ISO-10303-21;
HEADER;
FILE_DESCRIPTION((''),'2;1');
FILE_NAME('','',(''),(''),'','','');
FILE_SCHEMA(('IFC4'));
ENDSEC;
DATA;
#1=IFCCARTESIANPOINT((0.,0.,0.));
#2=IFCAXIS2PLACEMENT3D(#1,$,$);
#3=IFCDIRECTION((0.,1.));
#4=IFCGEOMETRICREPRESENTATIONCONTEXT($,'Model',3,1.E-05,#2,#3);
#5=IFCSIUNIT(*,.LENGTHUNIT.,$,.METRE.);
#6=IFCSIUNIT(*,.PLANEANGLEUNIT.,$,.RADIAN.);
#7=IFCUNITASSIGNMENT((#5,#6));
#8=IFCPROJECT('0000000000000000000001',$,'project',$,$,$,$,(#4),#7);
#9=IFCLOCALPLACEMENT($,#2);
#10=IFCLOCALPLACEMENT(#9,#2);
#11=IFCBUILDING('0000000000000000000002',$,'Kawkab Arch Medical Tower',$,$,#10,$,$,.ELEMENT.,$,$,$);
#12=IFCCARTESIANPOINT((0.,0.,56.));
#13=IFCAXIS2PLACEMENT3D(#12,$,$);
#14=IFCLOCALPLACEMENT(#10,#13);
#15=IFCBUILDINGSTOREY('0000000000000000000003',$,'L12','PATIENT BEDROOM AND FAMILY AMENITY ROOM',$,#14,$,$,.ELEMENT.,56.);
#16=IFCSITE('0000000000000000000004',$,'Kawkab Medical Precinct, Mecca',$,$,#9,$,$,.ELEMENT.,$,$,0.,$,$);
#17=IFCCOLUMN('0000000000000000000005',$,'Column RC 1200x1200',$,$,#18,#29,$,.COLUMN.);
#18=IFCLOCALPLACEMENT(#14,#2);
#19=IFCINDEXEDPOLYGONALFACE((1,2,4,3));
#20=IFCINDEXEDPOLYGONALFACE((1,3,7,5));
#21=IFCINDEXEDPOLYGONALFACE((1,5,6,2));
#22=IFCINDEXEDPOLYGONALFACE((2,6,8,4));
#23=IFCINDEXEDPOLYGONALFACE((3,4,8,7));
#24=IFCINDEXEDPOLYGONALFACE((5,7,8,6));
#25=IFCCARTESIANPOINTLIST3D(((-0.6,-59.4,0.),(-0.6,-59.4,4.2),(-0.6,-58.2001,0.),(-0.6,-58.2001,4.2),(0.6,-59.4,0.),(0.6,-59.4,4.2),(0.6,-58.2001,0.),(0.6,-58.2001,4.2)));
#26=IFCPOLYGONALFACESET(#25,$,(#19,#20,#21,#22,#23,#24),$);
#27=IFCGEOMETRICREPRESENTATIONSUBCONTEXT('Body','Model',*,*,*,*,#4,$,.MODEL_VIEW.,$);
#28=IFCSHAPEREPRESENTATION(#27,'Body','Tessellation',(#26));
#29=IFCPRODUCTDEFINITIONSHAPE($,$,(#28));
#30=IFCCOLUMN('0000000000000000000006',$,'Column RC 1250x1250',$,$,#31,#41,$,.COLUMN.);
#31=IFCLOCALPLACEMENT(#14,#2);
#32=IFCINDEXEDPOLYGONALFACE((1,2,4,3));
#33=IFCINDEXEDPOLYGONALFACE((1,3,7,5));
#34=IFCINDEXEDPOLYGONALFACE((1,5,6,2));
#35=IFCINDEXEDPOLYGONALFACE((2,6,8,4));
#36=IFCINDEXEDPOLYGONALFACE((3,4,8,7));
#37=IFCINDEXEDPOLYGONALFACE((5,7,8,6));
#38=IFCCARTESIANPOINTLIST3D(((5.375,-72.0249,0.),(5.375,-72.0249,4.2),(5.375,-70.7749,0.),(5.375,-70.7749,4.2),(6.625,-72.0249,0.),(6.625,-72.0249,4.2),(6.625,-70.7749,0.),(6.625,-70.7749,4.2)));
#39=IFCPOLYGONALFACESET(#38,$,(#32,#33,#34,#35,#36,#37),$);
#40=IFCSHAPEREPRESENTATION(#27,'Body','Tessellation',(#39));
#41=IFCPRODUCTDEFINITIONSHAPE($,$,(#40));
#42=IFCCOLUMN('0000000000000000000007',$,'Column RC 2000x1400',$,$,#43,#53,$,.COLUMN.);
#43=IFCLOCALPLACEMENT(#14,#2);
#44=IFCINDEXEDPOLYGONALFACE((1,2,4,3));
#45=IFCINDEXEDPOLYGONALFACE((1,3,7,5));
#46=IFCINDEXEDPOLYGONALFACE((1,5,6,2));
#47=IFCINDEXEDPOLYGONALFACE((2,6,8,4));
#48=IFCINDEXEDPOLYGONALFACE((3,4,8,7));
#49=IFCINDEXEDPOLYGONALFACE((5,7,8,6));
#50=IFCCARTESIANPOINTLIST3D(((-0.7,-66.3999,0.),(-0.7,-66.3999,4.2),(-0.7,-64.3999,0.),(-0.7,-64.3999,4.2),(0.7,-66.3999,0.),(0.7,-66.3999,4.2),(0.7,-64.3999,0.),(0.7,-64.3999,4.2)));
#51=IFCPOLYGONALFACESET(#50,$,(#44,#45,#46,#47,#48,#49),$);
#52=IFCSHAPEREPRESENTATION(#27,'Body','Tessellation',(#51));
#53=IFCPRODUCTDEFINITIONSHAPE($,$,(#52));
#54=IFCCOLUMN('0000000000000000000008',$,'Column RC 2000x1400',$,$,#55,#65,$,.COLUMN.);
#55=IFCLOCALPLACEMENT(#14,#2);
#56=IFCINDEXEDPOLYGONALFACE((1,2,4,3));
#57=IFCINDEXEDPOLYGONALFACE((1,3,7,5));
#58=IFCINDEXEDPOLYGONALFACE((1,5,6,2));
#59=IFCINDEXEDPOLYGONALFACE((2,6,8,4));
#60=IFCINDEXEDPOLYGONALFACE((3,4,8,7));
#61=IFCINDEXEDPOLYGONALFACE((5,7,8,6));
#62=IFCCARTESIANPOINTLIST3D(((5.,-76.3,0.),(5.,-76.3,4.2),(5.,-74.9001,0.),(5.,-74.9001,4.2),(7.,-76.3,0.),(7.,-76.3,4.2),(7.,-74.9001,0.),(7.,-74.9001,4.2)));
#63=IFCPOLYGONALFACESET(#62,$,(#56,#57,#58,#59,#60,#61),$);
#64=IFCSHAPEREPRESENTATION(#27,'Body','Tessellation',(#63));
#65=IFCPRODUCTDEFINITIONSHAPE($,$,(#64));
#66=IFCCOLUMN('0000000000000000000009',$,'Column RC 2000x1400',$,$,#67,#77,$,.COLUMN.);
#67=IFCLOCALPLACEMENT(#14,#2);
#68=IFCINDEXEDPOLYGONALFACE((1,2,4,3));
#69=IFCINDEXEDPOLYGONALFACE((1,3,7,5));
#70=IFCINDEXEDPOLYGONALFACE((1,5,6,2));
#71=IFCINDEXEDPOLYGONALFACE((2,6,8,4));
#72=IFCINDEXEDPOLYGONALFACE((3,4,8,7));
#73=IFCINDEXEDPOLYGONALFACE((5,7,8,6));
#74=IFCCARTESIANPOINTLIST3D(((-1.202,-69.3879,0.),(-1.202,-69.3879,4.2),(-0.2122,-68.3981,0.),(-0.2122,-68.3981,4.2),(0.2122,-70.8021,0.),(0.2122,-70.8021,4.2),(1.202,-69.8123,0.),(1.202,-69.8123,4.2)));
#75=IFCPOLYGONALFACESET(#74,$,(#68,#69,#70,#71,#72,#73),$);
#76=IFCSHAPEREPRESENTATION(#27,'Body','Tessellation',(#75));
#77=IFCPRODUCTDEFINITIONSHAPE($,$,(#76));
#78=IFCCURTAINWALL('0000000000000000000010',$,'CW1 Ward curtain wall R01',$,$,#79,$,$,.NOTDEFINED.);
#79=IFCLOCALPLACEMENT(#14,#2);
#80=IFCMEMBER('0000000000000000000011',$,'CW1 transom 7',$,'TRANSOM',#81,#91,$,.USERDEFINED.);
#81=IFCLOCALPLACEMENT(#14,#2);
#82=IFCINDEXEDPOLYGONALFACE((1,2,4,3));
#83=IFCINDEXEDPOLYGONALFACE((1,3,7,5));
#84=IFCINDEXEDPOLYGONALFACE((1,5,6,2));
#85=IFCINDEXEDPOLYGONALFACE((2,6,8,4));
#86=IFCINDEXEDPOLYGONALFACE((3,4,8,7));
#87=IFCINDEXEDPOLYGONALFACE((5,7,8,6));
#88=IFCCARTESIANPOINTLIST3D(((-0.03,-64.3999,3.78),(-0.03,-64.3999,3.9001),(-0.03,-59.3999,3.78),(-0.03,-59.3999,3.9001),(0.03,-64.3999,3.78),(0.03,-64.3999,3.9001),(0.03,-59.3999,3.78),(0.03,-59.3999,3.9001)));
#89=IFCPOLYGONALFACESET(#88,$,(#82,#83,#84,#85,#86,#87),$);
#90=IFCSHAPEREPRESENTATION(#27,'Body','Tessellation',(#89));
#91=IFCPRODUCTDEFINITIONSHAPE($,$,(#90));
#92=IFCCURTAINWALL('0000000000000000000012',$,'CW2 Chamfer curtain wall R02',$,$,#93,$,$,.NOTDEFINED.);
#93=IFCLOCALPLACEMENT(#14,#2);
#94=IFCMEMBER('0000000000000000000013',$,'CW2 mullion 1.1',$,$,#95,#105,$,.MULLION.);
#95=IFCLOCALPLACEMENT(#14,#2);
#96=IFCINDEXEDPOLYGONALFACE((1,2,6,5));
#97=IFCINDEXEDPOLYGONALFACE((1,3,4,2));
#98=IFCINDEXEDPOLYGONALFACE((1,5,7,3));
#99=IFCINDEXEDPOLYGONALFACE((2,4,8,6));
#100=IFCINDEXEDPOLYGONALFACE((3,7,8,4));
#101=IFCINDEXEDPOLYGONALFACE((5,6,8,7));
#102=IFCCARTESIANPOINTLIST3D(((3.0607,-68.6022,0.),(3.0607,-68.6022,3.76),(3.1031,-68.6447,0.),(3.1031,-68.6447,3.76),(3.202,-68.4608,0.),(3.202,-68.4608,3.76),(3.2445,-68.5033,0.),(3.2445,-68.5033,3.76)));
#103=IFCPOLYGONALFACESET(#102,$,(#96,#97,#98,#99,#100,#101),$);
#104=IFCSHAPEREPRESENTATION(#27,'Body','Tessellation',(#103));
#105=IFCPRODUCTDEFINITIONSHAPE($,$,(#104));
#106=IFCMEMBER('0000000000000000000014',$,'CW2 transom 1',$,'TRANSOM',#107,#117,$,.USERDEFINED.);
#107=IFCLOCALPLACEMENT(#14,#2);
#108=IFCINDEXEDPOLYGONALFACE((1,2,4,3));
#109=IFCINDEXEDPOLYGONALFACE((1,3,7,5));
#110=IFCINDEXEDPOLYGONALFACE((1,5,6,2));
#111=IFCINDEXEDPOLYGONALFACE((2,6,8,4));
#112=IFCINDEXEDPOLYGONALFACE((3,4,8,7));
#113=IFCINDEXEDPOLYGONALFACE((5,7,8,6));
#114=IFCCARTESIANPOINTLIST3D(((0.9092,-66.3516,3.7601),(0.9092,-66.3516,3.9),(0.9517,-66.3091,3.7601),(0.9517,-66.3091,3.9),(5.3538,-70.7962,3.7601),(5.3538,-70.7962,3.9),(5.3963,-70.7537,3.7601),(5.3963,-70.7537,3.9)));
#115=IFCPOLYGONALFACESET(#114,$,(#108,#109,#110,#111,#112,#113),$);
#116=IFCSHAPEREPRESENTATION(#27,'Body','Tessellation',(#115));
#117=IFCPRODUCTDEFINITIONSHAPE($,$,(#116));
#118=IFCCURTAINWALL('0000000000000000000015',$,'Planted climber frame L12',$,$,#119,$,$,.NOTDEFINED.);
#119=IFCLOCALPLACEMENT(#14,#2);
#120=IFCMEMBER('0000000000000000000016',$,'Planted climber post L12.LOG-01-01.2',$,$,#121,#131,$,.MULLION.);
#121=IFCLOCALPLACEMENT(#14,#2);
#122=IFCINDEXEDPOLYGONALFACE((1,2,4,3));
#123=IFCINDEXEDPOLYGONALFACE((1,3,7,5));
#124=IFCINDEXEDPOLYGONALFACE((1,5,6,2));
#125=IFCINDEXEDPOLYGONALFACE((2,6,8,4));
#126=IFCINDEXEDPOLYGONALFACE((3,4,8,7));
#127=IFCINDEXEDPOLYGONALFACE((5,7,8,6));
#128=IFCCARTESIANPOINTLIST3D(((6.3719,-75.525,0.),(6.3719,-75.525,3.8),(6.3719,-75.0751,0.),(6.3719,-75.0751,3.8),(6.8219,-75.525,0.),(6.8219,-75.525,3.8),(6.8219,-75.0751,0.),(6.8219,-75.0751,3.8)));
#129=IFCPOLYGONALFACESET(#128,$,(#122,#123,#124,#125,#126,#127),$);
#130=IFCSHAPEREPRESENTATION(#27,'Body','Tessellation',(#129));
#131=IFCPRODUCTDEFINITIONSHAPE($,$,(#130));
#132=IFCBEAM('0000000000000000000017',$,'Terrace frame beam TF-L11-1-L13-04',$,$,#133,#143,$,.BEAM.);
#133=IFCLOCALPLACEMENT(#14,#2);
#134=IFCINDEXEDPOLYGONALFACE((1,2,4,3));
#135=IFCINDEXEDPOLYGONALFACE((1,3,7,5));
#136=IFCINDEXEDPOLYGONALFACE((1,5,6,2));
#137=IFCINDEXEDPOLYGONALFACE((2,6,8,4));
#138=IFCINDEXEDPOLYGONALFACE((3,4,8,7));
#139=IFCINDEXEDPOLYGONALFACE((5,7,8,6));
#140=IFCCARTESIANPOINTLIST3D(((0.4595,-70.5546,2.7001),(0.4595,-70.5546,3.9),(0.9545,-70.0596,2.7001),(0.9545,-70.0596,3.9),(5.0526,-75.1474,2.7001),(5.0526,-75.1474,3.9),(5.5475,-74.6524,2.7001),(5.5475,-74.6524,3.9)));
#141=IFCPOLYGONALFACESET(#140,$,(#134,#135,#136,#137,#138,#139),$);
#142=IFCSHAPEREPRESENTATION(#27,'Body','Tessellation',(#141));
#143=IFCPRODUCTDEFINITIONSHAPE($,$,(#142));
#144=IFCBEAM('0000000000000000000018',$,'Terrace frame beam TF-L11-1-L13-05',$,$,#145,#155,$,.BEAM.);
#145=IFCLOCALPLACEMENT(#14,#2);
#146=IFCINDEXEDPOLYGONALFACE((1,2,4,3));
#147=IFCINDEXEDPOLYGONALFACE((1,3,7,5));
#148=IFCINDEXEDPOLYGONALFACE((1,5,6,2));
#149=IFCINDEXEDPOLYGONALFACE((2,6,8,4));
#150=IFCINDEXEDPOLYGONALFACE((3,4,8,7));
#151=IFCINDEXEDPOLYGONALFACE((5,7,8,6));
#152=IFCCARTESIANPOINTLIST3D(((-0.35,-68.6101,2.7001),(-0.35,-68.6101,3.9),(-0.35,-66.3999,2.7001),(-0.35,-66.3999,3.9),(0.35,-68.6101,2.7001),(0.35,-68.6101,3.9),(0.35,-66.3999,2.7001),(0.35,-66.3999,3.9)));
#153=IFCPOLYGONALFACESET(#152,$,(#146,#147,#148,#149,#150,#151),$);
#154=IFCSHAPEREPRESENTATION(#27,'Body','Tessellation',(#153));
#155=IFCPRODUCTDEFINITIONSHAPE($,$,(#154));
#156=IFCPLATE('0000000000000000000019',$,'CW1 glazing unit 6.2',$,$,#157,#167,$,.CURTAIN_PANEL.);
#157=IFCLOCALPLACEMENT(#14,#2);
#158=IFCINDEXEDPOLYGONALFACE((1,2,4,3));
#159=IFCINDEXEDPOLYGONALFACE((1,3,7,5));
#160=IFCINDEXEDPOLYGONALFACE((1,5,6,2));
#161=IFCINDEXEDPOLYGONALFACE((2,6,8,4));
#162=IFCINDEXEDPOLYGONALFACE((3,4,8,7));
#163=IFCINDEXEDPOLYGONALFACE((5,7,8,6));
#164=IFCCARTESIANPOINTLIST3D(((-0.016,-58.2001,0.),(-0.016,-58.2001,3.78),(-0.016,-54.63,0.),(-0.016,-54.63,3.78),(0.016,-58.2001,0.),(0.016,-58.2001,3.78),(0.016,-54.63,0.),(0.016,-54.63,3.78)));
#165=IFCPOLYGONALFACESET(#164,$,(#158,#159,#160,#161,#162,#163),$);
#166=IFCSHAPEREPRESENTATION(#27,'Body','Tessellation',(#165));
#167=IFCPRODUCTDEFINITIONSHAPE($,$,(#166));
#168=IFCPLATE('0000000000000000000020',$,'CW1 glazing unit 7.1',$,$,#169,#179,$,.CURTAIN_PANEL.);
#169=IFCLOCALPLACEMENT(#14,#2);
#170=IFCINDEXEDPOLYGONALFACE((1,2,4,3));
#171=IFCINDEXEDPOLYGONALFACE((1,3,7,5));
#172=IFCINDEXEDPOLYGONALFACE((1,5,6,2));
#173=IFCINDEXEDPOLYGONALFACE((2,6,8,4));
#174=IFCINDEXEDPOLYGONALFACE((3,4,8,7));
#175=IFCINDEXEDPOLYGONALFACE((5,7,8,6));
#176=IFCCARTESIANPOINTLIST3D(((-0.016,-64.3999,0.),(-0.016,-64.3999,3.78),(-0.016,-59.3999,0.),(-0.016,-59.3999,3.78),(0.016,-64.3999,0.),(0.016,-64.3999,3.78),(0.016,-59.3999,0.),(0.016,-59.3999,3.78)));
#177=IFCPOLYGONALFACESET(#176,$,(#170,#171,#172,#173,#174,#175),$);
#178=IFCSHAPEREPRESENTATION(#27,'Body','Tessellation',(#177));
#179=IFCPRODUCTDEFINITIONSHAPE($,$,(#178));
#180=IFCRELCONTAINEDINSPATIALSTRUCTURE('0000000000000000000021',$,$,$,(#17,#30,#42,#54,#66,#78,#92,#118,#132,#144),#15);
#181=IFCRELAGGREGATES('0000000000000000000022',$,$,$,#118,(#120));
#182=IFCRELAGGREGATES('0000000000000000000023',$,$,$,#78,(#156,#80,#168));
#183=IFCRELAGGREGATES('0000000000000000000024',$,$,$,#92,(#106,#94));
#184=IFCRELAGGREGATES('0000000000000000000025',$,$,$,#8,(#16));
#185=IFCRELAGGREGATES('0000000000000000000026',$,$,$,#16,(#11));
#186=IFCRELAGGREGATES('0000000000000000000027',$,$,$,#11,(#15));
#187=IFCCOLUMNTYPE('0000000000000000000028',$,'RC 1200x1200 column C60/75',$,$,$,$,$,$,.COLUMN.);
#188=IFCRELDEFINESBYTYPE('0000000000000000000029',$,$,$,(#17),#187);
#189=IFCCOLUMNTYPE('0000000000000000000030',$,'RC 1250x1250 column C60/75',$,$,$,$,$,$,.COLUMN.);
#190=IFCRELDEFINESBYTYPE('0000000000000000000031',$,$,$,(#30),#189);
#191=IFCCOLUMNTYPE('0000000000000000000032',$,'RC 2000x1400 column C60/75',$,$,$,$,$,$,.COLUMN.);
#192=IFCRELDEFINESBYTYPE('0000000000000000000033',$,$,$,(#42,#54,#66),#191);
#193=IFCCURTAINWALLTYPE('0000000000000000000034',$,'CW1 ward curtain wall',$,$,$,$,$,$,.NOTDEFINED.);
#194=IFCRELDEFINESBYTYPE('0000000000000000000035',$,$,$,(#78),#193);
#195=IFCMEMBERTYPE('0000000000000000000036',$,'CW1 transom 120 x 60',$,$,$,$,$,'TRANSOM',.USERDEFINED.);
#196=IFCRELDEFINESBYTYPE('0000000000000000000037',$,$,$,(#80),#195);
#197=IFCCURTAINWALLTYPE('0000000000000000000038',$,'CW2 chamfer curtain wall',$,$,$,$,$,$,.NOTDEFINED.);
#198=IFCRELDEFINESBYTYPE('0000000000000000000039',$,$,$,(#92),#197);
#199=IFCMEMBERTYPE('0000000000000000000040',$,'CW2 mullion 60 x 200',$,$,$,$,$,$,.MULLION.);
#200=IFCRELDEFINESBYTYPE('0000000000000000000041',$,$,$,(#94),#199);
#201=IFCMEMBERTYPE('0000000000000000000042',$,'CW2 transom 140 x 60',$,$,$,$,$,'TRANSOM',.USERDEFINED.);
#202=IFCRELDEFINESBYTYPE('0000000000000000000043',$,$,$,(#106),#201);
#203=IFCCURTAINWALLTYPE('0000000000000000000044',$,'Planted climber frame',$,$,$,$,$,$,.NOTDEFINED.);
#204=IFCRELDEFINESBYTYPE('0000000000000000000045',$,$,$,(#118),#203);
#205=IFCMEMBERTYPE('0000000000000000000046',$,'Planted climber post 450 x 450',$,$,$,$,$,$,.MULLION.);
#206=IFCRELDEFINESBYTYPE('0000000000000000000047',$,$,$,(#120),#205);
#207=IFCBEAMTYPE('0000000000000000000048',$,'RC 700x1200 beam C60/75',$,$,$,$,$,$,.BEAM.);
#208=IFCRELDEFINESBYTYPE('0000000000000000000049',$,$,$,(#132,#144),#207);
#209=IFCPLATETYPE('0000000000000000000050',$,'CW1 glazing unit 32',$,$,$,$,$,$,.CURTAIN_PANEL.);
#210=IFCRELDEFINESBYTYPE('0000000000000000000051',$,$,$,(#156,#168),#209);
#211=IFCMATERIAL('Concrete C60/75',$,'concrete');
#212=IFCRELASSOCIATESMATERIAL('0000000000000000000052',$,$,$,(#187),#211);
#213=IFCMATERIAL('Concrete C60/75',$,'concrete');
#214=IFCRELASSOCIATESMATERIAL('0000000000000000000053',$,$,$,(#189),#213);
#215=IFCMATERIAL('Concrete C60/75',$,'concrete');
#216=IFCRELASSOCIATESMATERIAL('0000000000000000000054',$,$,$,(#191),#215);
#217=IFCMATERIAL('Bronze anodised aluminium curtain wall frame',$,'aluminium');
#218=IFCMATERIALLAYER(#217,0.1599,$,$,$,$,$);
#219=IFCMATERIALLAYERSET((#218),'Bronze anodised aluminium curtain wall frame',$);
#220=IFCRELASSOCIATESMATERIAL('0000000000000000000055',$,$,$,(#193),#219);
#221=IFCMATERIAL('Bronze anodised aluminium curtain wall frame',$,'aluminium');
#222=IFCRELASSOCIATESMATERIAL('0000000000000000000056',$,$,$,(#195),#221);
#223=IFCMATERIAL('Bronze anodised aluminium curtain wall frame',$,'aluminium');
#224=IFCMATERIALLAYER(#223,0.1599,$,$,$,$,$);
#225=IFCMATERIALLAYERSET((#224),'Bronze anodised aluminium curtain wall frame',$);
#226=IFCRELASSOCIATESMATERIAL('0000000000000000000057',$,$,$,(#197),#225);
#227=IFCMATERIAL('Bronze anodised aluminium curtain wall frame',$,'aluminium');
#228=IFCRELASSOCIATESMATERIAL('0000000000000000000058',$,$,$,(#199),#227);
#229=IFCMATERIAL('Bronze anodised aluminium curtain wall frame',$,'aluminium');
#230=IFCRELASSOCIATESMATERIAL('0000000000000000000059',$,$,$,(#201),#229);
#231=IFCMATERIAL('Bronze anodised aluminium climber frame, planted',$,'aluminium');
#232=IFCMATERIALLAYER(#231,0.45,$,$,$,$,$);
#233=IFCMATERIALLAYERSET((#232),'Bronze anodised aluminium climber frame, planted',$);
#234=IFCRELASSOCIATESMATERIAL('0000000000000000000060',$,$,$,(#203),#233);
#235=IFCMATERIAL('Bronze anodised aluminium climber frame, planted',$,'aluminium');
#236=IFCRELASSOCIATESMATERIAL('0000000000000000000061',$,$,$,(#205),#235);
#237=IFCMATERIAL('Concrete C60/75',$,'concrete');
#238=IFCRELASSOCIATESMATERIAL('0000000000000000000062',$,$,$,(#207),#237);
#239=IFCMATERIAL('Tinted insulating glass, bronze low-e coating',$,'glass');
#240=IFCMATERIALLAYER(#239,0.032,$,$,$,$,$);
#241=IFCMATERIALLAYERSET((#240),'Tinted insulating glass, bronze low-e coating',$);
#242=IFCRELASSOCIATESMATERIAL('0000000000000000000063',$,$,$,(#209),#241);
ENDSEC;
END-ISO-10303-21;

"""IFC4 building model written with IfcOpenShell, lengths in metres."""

from ifc_helpers import new_model, si_unit, direction, frame, origin, origin_2d, place, context, subcontext, project, spatial, rectangle, extrude, material, layer, layer_set, material_profile, profile_set, type_object, element, aggregate, save


model = new_model("IFC4")

# Units and contexts
model_context = context("Model", 3, precision=1e-05, world=origin(), true_north=direction((0.0, 1.0)))
body_context = subcontext(model_context, "Body", "Model", "MODEL_VIEW")
ifc_project = project(units=[si_unit("LENGTHUNIT", "METRE"), si_unit("PLANEANGLEUNIT", "RADIAN")], contexts=[model_context])

# Site, building, storey
site_placement = place(None, origin())
site = spatial("IfcSite", under=ifc_project, at=site_placement, Name="Kawkab Medical Precinct, Mecca", CompositionType="ELEMENT", RefElevation=0.0)
building_placement = place(site_placement, origin())
building = spatial("IfcBuilding", under=site, at=building_placement, Name="Kawkab Arch Medical Tower", CompositionType="ELEMENT")
storey_placement = place(building_placement, frame((0.0, 0.0, 56.0)))
storey = spatial("IfcBuildingStorey", under=building, at=storey_placement, Name="L12", Description="PATIENT BEDROOM AND FAMILY AMENITY ROOM", CompositionType="ELEMENT", Elevation=56.0)

# Columns
ifc_material_1 = material(Name="Concrete C60/75", Category="concrete")
ifc_material_profile_1 = material_profile(ifc_material_1, rectangle(XDim=1.2, YDim=1.2, at=origin_2d()), Name="RC 1200x1200")
ifc_profile_set_1 = profile_set([ifc_material_profile_1], Name="Concrete C60/75")
column_type_1 = type_object("IfcColumnType", Name="RC 1200x1200 column C60/75", PredefinedType="COLUMN", material=ifc_profile_set_1)
column_1_placement = place(storey_placement, frame((0.0, -58.8, 0.0), z_axis=(0.0, 0.0, 1.0), x_axis=(1.0, 0.0, 0.0)))
element("IfcColumn", 1, at=column_1_placement, inside=storey, type_object=column_type_1, Name="Column RC 1200x1200", PredefinedType="COLUMN", context=body_context, shape_type="SweptSolid", body=[
    extrude(rectangle(XDim=1.2, YDim=1.2, at=origin_2d()), origin(), (0.0, 0.0, 1.0), 4.2),
])
ifc_material_2 = material(Name="Concrete C60/75", Category="concrete")
ifc_material_profile_2 = material_profile(ifc_material_2, rectangle(XDim=1.25, YDim=1.25, at=origin_2d()), Name="RC 1250x1250")
ifc_profile_set_2 = profile_set([ifc_material_profile_2], Name="Concrete C60/75")
column_type_2 = type_object("IfcColumnType", Name="RC 1250x1250 column C60/75", PredefinedType="COLUMN", material=ifc_profile_set_2)
column_2_placement = place(storey_placement, frame((6.0, -71.3999, 0.0), z_axis=(0.0, 0.0, 1.0), x_axis=(1.0, 0.0, 0.0)))
element("IfcColumn", 2, at=column_2_placement, inside=storey, type_object=column_type_2, Name="Column RC 1250x1250", PredefinedType="COLUMN", context=body_context, shape_type="SweptSolid", body=[
    extrude(rectangle(XDim=1.25, YDim=1.25, at=origin_2d()), origin(), (0.0, 0.0, 1.0), 4.2),
])
ifc_material_3 = material(Name="Concrete C60/75", Category="concrete")
ifc_material_profile_3 = material_profile(ifc_material_3, rectangle(XDim=2.0, YDim=1.3999, at=origin_2d()), Name="RC 2000x1400")
ifc_profile_set_3 = profile_set([ifc_material_profile_3], Name="Concrete C60/75")
column_type_3 = type_object("IfcColumnType", Name="RC 2000x1400 column C60/75", PredefinedType="COLUMN", material=ifc_profile_set_3)
for number, where, z_axis, x_axis, name in (
    (3, (0.0, -65.3999, 0.0), (0.0, 0.0, 1.0), (0.0, 1.0, 0.0), "Column RC 2000x1400"),
    (4, (6.0, -75.6001, 0.0), (0.0, 0.0, 1.0), (-1.0, 0.0, 0.0), "Column RC 2000x1400"),
    (5, (0.0, -69.6001, 0.0), (0.0, 0.0, 1.0), (-0.707107, 0.707107, 0.0), "Column RC 2000x1400"),
):
    element("IfcColumn", number, at=place(storey_placement, frame(where, z_axis=z_axis, x_axis=x_axis)), inside=storey, type_object=column_type_3, Name=name, PredefinedType="COLUMN", context=body_context, shape_type="SweptSolid", body=[
        extrude(rectangle(XDim=2.0, YDim=1.3999, at=origin_2d()), origin(), (0.0, 0.0, 1.0), 4.2),
    ])

# Curtain wall, member
ifc_material_4 = material(Name="Bronze anodised aluminium curtain wall frame", Category="aluminium")
ifc_layer_1 = layer(ifc_material_4, 0.1599)
ifc_layer_set_1 = layer_set([ifc_layer_1], Name="Bronze anodised aluminium curtain wall frame")
curtain_wall_type_1 = type_object("IfcCurtainWallType", Name="CW1 ward curtain wall", PredefinedType="NOTDEFINED", material=ifc_layer_set_1)
placement = place(storey_placement, origin())
curtain_wall_1 = element("IfcCurtainWall", 6, at=placement, inside=storey, type_object=curtain_wall_type_1, Name="CW1 Ward curtain wall R01", PredefinedType="NOTDEFINED")
ifc_material_5 = material(Name="Bronze anodised aluminium curtain wall frame", Category="aluminium")
ifc_material_profile_4 = material_profile(ifc_material_5, rectangle(XDim=0.0601, YDim=0.1201, at=origin_2d()), Name="AL 60x120")
ifc_profile_set_4 = profile_set([ifc_material_profile_4], Name="Bronze anodised aluminium curtain wall frame")
member_type_1 = type_object("IfcMemberType", Name="CW1 transom 120 x 60", ElementType="TRANSOM", PredefinedType="USERDEFINED", material=ifc_profile_set_4)
member_1_placement = place(storey_placement, frame((0.0, -59.3999, 3.8401), z_axis=(0.0, -1.0, 0.0), x_axis=(1.0, 0.0, 0.0)))
member_1 = element("IfcMember", 7, at=member_1_placement, type_object=member_type_1, Name="CW1 transom 7", ObjectType="TRANSOM", PredefinedType="USERDEFINED", context=body_context, shape_type="SweptSolid", body=[
    extrude(rectangle(XDim=0.0601, YDim=0.1201, at=origin_2d()), origin(), (0.0, 0.0, 1.0), 5.0),
])

# Curtain wall, members
ifc_material_6 = material(Name="Bronze anodised aluminium curtain wall frame", Category="aluminium")
ifc_layer_2 = layer(ifc_material_6, 0.1599)
ifc_layer_set_2 = layer_set([ifc_layer_2], Name="Bronze anodised aluminium curtain wall frame")
curtain_wall_type_2 = type_object("IfcCurtainWallType", Name="CW2 chamfer curtain wall", PredefinedType="NOTDEFINED", material=ifc_layer_set_2)
curtain_wall_2 = element("IfcCurtainWall", 8, at=placement, inside=storey, type_object=curtain_wall_type_2, Name="CW2 Chamfer curtain wall R02", PredefinedType="NOTDEFINED")
ifc_material_7 = material(Name="Bronze anodised aluminium curtain wall frame", Category="aluminium")
ifc_material_profile_5 = material_profile(ifc_material_7, rectangle(XDim=0.2, YDim=0.0601, at=origin_2d()), Name="AL 60x200")
ifc_profile_set_5 = profile_set([ifc_material_profile_5], Name="Bronze anodised aluminium curtain wall frame")
member_type_2 = type_object("IfcMemberType", Name="CW2 mullion 60 x 200", PredefinedType="MULLION", material=ifc_profile_set_5)
member_2_placement = place(storey_placement, frame((3.1526, -68.5527, 0.0), z_axis=(0.0, 0.0, 1.0), x_axis=(0.707107, 0.707107, 0.0)))
member_2 = element("IfcMember", 9, at=member_2_placement, type_object=member_type_2, Name="CW2 mullion 1.1", PredefinedType="MULLION", context=body_context, shape_type="SweptSolid", body=[
    extrude(rectangle(XDim=0.2, YDim=0.0601, at=origin_2d()), origin(), (0.0, 0.0, 1.0), 3.76),
])
ifc_material_8 = material(Name="Bronze anodised aluminium curtain wall frame", Category="aluminium")
ifc_material_profile_6 = material_profile(ifc_material_8, rectangle(XDim=0.0601, YDim=0.1399, at=origin_2d()), Name="AL 60x140")
ifc_profile_set_6 = profile_set([ifc_material_profile_6], Name="Bronze anodised aluminium curtain wall frame")
member_type_3 = type_object("IfcMemberType", Name="CW2 transom 140 x 60", ElementType="TRANSOM", PredefinedType="USERDEFINED", material=ifc_profile_set_6)
member_3_placement = place(storey_placement, frame((0.9304, -66.3303, 3.8301), z_axis=(0.707107, -0.707107, 0.0), x_axis=(0.707107, 0.707107, 0.0)))
member_3 = element("IfcMember", 10, at=member_3_placement, type_object=member_type_3, Name="CW2 transom 1", ObjectType="TRANSOM", PredefinedType="USERDEFINED", context=body_context, shape_type="SweptSolid", body=[
    extrude(rectangle(XDim=0.0601, YDim=0.1399, at=origin_2d()), origin(), (0.0, 0.0, 1.0), 6.2856),
])

# Curtain wall, member
ifc_material_9 = material(Name="Bronze anodised aluminium climber frame, planted", Category="aluminium")
ifc_layer_3 = layer(ifc_material_9, 0.45)
ifc_layer_set_3 = layer_set([ifc_layer_3], Name="Bronze anodised aluminium climber frame, planted")
curtain_wall_type_3 = type_object("IfcCurtainWallType", Name="Planted climber frame", PredefinedType="NOTDEFINED", material=ifc_layer_set_3)
curtain_wall_3 = element("IfcCurtainWall", 11, at=placement, inside=storey, type_object=curtain_wall_type_3, Name="Planted climber frame L12", PredefinedType="NOTDEFINED")
ifc_material_10 = material(Name="Bronze anodised aluminium climber frame, planted", Category="aluminium")
ifc_material_profile_7 = material_profile(ifc_material_10, rectangle(XDim=0.45, YDim=0.45, at=origin_2d()), Name="Post 450x450")
ifc_profile_set_7 = profile_set([ifc_material_profile_7], Name="Bronze anodised aluminium climber frame, planted")
member_type_4 = type_object("IfcMemberType", Name="Planted climber post 450 x 450", PredefinedType="MULLION", material=ifc_profile_set_7)
member_4_placement = place(storey_placement, frame((6.5969, -75.3, 0.0), z_axis=(0.0, 0.0, 1.0), x_axis=(1.0, 0.0, 0.0)))
member_4 = element("IfcMember", 12, at=member_4_placement, type_object=member_type_4, Name="Planted climber post L12.LOG-01-01.2", PredefinedType="MULLION", context=body_context, shape_type="SweptSolid", body=[
    extrude(rectangle(XDim=0.45, YDim=0.45, at=origin_2d()), origin(), (0.0, 0.0, 1.0), 3.8),
])
aggregate(curtain_wall_3, [member_4])

# Beams
ifc_material_11 = material(Name="Concrete C60/75", Category="concrete")
ifc_material_profile_8 = material_profile(ifc_material_11, rectangle(XDim=0.7, YDim=1.2, at=origin_2d()), Name="RC 700x1200")
ifc_profile_set_8 = profile_set([ifc_material_profile_8], Name="Concrete C60/75")
beam_type = type_object("IfcBeamType", Name="RC 700x1200 beam C60/75", PredefinedType="BEAM", material=ifc_profile_set_8)
beam_1_placement = place(storey_placement, frame((5.3, -74.8999, 3.3), z_axis=(-0.707126, 0.707088, 0.0), x_axis=(-0.707088, -0.707126, 0.0)))
element("IfcBeam", 13, at=beam_1_placement, inside=storey, type_object=beam_type, Name="Terrace frame beam TF-L11-1-L13-04", PredefinedType="BEAM", context=body_context, shape_type="SweptSolid", body=[
    extrude(rectangle(XDim=0.7, YDim=1.2, at=origin_2d()), origin(), (0.0, 0.0, 1.0), 6.4954),
])
beam_2_placement = place(storey_placement, frame((0.0, -68.6101, 3.3), z_axis=(0.0, 1.0, 0.0), x_axis=(-1.0, 0.0, 0.0)))
element("IfcBeam", 14, at=beam_2_placement, inside=storey, type_object=beam_type, Name="Terrace frame beam TF-L11-1-L13-05", PredefinedType="BEAM", context=body_context, shape_type="SweptSolid", body=[
    extrude(rectangle(XDim=0.7, YDim=1.2, at=origin_2d()), origin(), (0.0, 0.0, 1.0), 2.2102),
])

# Plates
ifc_material_12 = material(Name="Tinted insulating glass, bronze low-e coating", Category="glass")
ifc_layer_4 = layer(ifc_material_12, 0.032)
ifc_layer_set_4 = layer_set([ifc_layer_4], Name="Tinted insulating glass, bronze low-e coating")
plate_type_1 = type_object("IfcPlateType", Name="CW1 glazing unit 32", PredefinedType="CURTAIN_PANEL", material=ifc_layer_set_4)
plate_1_placement = place(storey_placement, frame((0.0, -56.415, 0.0), z_axis=(0.0, 0.0, 1.0), x_axis=(0.0, -1.0, 0.0)))
plate_1 = element("IfcPlate", 15, at=plate_1_placement, type_object=plate_type_1, Name="CW1 glazing unit 6.2", PredefinedType="CURTAIN_PANEL", context=body_context, shape_type="SweptSolid", body=[
    extrude(rectangle(XDim=3.5701, YDim=0.032, at=origin_2d()), origin(), (0.0, 0.0, 1.0), 3.78),
])
plate_2_placement = place(storey_placement, frame((0.0, -61.8999, 0.0), z_axis=(0.0, 0.0, 1.0), x_axis=(0.0, -1.0, 0.0)))
plate_2 = element("IfcPlate", 16, at=plate_2_placement, type_object=plate_type_1, Name="CW1 glazing unit 7.1", PredefinedType="CURTAIN_PANEL", context=body_context, shape_type="SweptSolid", body=[
    extrude(rectangle(XDim=5.0, YDim=0.032, at=origin_2d()), origin(), (0.0, 0.0, 1.0), 3.78),
])
aggregate(curtain_wall_1, [plate_1, member_1, plate_2])
aggregate(curtain_wall_2, [member_3, member_2])

save(model, "model.ifc")
